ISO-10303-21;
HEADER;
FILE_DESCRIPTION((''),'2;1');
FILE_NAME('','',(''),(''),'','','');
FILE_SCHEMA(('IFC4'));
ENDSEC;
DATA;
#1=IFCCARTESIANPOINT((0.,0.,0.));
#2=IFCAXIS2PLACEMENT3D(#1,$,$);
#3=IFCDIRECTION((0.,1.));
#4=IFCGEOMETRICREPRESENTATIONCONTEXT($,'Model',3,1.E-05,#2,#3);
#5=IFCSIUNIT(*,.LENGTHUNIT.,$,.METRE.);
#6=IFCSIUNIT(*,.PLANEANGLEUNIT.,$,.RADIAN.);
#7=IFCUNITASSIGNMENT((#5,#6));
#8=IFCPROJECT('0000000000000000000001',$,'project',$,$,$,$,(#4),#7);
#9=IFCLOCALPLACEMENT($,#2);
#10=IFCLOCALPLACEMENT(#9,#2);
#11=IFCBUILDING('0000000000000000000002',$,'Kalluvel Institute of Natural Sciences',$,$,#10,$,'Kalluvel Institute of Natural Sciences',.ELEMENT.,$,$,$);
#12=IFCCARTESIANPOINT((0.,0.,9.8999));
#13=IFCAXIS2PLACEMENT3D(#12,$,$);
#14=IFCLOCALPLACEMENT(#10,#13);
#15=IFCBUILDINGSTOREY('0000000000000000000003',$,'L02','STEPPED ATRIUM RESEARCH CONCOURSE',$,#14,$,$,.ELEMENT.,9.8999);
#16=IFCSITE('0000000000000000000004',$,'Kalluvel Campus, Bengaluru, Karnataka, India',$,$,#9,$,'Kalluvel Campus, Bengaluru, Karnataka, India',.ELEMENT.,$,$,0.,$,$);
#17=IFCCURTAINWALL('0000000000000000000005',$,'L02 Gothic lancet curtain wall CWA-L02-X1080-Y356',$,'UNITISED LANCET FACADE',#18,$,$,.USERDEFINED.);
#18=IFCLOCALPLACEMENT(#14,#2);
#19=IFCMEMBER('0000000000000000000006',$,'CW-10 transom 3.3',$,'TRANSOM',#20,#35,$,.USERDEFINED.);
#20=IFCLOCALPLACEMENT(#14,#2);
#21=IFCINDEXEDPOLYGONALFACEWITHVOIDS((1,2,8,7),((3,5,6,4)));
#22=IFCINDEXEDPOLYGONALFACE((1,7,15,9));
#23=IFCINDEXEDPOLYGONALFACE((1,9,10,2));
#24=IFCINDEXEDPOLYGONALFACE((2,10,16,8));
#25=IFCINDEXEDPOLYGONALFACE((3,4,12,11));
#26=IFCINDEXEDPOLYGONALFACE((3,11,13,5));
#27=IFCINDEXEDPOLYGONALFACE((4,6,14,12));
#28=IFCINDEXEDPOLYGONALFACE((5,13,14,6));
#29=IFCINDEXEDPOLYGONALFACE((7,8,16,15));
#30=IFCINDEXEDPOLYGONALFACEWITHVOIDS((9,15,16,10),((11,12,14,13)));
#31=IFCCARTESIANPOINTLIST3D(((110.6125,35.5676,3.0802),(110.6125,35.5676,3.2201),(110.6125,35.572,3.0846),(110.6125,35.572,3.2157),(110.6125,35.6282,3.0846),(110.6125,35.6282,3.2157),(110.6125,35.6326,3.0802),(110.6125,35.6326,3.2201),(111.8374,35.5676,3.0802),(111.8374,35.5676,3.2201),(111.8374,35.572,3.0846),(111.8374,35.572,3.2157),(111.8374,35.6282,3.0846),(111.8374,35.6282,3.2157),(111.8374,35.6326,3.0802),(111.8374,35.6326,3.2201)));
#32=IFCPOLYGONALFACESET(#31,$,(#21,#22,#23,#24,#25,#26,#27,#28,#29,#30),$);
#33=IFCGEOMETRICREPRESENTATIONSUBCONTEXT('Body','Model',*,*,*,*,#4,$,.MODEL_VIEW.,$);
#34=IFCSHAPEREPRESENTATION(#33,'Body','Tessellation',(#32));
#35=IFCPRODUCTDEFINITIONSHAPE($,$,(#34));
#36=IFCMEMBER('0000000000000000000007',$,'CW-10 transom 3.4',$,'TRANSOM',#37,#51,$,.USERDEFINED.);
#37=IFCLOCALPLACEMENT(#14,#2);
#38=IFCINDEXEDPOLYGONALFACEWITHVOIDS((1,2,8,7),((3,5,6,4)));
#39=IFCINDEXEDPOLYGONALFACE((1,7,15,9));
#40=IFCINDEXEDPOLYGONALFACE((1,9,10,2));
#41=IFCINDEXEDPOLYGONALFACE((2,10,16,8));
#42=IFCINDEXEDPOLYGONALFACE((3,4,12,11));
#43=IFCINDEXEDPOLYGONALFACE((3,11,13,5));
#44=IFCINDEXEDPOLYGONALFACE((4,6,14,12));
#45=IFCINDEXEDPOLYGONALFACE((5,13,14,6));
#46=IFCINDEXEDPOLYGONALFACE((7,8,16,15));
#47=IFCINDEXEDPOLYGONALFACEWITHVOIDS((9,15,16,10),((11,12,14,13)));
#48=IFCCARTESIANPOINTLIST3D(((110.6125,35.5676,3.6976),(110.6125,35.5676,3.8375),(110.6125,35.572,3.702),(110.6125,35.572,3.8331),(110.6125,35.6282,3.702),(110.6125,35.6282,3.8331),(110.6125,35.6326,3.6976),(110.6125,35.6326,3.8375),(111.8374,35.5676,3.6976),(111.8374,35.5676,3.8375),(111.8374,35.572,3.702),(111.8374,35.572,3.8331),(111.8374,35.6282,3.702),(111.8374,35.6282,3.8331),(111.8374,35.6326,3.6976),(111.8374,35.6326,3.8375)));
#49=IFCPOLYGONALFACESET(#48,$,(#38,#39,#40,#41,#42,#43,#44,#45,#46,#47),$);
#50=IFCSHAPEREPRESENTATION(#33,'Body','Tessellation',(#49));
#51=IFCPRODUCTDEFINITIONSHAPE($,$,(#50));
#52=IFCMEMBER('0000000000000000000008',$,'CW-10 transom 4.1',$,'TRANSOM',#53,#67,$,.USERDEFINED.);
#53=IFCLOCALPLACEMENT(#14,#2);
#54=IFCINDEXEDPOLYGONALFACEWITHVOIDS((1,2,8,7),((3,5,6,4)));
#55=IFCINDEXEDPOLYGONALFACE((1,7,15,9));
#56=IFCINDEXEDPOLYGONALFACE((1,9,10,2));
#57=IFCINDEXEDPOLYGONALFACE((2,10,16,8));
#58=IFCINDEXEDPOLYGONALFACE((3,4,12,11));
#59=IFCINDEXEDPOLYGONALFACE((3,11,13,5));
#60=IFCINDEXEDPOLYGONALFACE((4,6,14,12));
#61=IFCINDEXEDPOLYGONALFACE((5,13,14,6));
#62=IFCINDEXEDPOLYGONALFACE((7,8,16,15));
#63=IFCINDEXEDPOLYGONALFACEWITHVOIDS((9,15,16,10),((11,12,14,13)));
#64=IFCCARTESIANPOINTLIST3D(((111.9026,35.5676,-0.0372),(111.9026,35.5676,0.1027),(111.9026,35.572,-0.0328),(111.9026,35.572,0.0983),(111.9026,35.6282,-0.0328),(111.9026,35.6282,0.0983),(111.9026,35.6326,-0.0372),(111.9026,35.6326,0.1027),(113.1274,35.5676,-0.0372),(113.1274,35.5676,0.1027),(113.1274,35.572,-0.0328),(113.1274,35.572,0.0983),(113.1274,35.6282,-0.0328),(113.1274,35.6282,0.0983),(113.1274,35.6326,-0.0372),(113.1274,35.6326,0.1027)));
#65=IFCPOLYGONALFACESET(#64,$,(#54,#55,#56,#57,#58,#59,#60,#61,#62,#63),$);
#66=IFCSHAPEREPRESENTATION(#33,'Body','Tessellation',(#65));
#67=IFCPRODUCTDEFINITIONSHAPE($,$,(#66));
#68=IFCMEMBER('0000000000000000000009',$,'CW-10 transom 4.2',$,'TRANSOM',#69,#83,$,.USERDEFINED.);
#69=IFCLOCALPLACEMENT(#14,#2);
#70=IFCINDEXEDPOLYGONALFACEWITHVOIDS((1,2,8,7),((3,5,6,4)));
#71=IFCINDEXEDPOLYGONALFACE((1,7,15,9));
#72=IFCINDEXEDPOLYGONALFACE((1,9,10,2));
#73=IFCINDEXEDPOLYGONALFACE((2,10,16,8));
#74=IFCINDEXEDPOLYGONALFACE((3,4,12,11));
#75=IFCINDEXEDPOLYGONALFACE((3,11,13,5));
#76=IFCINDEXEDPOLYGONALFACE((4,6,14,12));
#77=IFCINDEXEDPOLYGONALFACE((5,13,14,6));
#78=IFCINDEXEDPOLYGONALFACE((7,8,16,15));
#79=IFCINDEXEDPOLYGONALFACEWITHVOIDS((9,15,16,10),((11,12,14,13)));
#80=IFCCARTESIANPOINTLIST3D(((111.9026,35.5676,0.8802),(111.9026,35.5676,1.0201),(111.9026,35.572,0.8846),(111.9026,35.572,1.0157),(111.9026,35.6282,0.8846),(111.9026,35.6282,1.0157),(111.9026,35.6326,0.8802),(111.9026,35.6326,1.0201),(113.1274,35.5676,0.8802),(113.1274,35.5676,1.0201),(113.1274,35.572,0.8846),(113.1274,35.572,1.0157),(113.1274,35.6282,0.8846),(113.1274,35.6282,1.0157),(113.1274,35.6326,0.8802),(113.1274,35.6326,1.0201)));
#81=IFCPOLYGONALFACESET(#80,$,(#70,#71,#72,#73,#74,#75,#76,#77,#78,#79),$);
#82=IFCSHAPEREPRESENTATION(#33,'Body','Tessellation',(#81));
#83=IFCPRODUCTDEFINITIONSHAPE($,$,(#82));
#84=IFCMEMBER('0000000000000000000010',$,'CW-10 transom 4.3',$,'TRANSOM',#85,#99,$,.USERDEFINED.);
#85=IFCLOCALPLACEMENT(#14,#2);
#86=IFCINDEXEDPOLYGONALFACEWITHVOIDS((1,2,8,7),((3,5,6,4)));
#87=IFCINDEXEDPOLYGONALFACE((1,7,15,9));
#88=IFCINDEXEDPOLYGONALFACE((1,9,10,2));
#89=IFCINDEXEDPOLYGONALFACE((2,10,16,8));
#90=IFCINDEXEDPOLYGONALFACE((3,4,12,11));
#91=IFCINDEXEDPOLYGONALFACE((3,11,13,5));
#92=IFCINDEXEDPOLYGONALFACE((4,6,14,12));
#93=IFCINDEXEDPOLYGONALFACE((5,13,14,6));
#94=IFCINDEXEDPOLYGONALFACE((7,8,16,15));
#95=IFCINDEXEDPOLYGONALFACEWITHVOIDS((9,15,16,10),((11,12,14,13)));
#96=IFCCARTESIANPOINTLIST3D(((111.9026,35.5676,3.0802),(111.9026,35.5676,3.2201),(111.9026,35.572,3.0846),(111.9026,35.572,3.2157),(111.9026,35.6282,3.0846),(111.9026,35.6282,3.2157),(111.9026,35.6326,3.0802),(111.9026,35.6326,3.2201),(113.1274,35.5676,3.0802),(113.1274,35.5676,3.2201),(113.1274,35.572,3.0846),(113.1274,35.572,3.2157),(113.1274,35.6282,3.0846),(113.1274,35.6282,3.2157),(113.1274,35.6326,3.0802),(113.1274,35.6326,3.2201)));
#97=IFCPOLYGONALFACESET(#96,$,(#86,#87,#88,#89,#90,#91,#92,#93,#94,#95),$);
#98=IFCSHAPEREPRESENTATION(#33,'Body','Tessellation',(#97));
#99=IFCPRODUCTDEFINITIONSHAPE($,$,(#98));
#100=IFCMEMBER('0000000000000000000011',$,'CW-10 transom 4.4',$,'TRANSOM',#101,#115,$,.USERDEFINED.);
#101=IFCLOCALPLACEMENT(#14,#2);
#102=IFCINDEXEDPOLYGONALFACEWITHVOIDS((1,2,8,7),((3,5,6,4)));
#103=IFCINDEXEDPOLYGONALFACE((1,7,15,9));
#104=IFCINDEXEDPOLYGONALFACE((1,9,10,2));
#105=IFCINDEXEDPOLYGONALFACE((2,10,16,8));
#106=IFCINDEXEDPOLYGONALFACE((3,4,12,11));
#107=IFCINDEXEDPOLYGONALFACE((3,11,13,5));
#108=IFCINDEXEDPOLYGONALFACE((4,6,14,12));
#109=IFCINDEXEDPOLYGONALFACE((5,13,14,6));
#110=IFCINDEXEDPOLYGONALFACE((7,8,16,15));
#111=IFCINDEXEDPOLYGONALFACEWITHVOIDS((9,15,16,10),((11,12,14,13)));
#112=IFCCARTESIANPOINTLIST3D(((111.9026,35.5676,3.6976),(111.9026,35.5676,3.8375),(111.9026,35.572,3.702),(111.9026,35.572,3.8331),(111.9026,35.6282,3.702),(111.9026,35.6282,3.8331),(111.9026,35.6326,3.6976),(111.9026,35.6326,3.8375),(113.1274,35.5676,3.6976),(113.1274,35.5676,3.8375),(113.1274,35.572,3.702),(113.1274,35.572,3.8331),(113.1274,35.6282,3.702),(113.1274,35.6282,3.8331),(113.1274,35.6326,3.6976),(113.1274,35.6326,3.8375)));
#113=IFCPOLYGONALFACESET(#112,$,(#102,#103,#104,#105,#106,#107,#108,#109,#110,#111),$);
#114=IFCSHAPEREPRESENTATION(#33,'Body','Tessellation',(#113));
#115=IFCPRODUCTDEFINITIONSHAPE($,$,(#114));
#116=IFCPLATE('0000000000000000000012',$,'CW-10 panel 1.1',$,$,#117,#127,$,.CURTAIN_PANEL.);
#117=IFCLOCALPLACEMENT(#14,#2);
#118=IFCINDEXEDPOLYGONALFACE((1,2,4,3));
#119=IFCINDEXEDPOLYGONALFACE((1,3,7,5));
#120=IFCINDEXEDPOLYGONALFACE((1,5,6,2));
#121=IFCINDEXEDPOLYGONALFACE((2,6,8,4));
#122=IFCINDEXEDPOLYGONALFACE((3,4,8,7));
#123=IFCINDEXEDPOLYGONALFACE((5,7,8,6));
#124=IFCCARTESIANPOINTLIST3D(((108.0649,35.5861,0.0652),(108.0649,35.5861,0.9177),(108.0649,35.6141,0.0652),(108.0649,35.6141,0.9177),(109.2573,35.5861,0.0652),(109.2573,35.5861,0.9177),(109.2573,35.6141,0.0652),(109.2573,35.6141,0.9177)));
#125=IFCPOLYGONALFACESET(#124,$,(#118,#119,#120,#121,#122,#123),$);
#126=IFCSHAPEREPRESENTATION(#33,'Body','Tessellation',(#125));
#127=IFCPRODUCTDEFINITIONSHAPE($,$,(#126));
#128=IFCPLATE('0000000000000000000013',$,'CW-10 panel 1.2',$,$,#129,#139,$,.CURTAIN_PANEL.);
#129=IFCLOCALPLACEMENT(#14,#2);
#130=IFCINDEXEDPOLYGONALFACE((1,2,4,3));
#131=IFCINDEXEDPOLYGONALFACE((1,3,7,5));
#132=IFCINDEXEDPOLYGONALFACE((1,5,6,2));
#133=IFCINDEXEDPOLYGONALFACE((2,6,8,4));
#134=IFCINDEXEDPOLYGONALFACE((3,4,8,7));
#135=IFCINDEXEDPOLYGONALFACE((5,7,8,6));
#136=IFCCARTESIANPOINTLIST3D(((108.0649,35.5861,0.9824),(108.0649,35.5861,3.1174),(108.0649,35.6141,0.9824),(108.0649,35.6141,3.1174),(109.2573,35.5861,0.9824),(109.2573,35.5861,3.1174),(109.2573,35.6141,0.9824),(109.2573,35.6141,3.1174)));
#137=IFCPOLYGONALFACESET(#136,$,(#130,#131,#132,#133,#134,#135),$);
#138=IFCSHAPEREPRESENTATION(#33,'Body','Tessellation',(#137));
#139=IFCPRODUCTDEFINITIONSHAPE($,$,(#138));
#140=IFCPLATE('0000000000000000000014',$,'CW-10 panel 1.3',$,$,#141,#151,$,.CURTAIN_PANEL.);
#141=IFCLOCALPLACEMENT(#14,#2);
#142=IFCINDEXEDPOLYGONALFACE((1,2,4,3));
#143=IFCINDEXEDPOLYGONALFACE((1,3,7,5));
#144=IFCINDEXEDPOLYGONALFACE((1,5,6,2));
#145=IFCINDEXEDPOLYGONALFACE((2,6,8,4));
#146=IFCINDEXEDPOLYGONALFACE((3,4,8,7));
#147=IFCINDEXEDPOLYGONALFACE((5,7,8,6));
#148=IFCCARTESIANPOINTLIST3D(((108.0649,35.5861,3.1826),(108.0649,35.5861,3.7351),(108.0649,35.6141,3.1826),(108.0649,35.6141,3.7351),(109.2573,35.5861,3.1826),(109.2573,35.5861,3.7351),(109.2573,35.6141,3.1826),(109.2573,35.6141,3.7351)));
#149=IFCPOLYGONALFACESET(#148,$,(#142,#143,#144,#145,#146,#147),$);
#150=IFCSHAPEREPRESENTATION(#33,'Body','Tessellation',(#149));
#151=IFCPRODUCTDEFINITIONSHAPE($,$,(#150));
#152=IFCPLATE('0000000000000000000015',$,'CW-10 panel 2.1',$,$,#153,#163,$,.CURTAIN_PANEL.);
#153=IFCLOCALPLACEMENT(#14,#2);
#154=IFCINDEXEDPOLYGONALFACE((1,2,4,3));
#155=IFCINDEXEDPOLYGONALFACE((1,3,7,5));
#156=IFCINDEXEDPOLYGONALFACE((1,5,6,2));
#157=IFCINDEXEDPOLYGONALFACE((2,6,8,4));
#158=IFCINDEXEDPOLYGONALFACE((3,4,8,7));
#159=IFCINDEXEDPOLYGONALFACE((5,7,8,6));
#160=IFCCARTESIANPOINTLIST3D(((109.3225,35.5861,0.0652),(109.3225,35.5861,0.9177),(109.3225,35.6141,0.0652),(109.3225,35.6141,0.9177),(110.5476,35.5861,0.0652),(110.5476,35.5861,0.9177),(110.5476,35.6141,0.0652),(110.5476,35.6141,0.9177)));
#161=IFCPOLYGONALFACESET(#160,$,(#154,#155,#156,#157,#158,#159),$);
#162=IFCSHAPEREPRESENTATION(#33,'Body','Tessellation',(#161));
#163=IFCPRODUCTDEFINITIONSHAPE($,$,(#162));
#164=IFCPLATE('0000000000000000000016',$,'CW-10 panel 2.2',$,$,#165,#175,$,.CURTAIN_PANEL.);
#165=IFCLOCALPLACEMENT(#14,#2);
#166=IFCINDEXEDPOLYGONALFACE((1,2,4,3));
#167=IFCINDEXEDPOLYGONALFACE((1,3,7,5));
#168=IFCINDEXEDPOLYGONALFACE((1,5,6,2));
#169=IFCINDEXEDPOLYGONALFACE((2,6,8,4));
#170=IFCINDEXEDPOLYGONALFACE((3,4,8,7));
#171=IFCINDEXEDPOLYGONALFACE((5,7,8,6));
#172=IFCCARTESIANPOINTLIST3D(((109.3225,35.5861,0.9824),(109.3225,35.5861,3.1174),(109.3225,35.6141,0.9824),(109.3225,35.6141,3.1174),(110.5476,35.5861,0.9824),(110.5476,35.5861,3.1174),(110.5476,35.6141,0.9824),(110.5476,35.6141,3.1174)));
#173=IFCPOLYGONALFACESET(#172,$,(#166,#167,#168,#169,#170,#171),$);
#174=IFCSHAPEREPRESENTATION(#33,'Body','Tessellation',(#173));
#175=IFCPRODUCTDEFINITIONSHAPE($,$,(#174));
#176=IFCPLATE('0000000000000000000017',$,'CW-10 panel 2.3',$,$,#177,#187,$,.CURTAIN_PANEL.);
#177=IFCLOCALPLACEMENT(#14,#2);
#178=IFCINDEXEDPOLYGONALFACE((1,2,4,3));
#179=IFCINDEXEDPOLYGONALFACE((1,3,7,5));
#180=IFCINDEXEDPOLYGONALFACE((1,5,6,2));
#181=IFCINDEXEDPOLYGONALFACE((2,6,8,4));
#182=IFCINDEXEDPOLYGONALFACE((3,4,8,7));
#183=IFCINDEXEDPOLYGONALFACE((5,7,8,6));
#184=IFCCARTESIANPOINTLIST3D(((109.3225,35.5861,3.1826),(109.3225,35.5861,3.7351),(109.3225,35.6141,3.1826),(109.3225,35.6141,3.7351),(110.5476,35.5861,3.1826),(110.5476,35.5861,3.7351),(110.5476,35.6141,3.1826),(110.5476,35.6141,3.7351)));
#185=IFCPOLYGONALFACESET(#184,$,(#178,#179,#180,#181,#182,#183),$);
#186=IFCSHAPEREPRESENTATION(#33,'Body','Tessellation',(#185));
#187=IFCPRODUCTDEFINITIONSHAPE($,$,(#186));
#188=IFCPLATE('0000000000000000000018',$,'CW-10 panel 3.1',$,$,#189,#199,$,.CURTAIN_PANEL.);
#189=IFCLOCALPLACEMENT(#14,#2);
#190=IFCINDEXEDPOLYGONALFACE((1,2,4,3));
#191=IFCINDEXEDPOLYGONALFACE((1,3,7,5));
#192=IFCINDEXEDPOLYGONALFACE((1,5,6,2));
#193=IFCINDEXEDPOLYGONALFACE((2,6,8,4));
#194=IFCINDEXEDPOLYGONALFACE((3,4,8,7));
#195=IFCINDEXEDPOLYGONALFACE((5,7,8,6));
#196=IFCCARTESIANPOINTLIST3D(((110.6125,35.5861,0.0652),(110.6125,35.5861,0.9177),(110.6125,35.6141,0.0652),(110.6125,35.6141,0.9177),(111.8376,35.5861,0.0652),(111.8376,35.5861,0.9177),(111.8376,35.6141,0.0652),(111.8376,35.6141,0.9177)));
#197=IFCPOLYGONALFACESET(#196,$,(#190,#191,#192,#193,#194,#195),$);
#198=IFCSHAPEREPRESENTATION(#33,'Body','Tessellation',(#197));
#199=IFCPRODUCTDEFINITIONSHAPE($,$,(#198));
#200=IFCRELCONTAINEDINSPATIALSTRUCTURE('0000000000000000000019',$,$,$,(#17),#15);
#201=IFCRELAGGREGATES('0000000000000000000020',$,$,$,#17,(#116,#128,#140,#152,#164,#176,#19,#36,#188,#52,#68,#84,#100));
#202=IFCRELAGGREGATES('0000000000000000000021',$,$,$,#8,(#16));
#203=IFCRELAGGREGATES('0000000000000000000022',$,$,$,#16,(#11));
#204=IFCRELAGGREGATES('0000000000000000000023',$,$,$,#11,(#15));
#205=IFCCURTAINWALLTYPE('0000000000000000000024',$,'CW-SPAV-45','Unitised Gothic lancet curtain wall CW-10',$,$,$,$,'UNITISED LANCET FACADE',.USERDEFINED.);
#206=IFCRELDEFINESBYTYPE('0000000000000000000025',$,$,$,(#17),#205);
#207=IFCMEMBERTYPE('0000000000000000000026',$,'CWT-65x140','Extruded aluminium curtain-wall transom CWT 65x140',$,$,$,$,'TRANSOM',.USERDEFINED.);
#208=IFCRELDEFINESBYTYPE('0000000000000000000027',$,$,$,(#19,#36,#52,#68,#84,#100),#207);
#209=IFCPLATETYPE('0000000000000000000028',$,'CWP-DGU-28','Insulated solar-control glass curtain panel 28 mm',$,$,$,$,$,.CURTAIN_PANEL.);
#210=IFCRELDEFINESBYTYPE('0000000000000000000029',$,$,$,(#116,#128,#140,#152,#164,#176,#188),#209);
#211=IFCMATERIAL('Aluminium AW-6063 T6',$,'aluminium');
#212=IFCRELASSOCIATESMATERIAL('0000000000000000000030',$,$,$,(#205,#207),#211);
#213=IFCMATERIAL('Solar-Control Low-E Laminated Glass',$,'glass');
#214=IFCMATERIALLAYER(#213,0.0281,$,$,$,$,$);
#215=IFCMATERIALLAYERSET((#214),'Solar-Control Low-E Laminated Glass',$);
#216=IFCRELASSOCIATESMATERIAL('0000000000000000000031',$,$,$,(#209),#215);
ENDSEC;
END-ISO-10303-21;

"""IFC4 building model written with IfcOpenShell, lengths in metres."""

from ifc_helpers import new_model, si_unit, direction, frame, origin, origin_2d, place, context, subcontext, project, spatial, rectangle, hollow_rectangle, extrude, material, layer, layer_set, material_profile, profile_set, type_object, element, aggregate, save


model = new_model("IFC4")

# Units and contexts
model_context = context("Model", 3, precision=1e-05, world=origin(), true_north=direction((0.0, 1.0)))
body_context = subcontext(model_context, "Body", "Model", "MODEL_VIEW")
ifc_project = project(units=[si_unit("LENGTHUNIT", "METRE"), si_unit("PLANEANGLEUNIT", "RADIAN")], contexts=[model_context])

# Site, building, storey
site_placement = place(None, origin())
site = spatial("IfcSite", under=ifc_project, at=site_placement, Name="Kalluvel Campus, Bengaluru, Karnataka, India", LongName="Kalluvel Campus, Bengaluru, Karnataka, India", CompositionType="ELEMENT", RefElevation=0.0)
building_placement = place(site_placement, origin())
building = spatial("IfcBuilding", under=site, at=building_placement, Name="Kalluvel Institute of Natural Sciences", LongName="Kalluvel Institute of Natural Sciences", CompositionType="ELEMENT")
storey_placement = place(building_placement, frame((0.0, 0.0, 9.8999)))
storey = spatial("IfcBuildingStorey", under=building, at=storey_placement, Name="L02", Description="STEPPED ATRIUM RESEARCH CONCOURSE", CompositionType="ELEMENT", Elevation=9.8999)

# Curtain wall, members, plates
ifc_material_1 = material(Name="Aluminium AW-6063 T6", Category="aluminium")
curtain_wall_type = type_object("IfcCurtainWallType", Name="CW-SPAV-45", Description="Unitised Gothic lancet curtain wall CW-10", ElementType="UNITISED LANCET FACADE", PredefinedType="USERDEFINED", material=ifc_material_1)
curtain_wall_placement = place(storey_placement, origin())
curtain_wall = element("IfcCurtainWall", 1, at=curtain_wall_placement, inside=storey, type_object=curtain_wall_type, Name="L02 Gothic lancet curtain wall CWA-L02-X1080-Y356", ObjectType="UNITISED LANCET FACADE", PredefinedType="USERDEFINED")
ifc_material_profile_1 = material_profile(ifc_material_1, hollow_rectangle(XDim=0.0649, YDim=0.1399, WallThickness=0.0044, at=origin_2d()), Name="CWT 65x140")
ifc_profile_set_1 = profile_set([ifc_material_profile_1], Name="Aluminium AW-6063 T6")
member_type_1 = type_object("IfcMemberType", Name="CWT-65x140", Description="Extruded aluminium curtain-wall transom CWT 65x140", ElementType="TRANSOM", PredefinedType="USERDEFINED", material=ifc_profile_set_1)
member_1_placement = place(storey_placement, frame((110.6125, 35.6001, 3.1501), z_axis=(1.0, 0.0, 0.0), x_axis=(0.0, 1.0, 0.0)))
member_1 = element("IfcMember", 2, at=member_1_placement, type_object=member_type_1, Name="CW-10 transom 3.3", ObjectType="TRANSOM", PredefinedType="USERDEFINED", context=body_context, shape_type="SweptSolid", body=[
    extrude(hollow_rectangle(XDim=0.0649, YDim=0.1399, WallThickness=0.0044, at=origin_2d()), origin(), (0.0, 0.0, 1.0), 1.2249),
])
member_2_placement = place(storey_placement, frame((110.6125, 35.6001, 3.7676), z_axis=(1.0, 0.0, 0.0), x_axis=(0.0, 1.0, 0.0)))
member_2 = element("IfcMember", 3, at=member_2_placement, type_object=member_type_1, Name="CW-10 transom 3.4", ObjectType="TRANSOM", PredefinedType="USERDEFINED", context=body_context, shape_type="SweptSolid", body=[
    extrude(hollow_rectangle(XDim=0.0649, YDim=0.1399, WallThickness=0.0044, at=origin_2d()), origin(), (0.0, 0.0, 1.0), 1.2249),
])
member_3_placement = place(storey_placement, frame((111.9026, 35.6001, 0.0327), z_axis=(1.0, 0.0, 0.0), x_axis=(0.0, 1.0, 0.0)))
member_3 = element("IfcMember", 4, at=member_3_placement, type_object=member_type_1, Name="CW-10 transom 4.1", ObjectType="TRANSOM", PredefinedType="USERDEFINED", context=body_context, shape_type="SweptSolid", body=[
    extrude(hollow_rectangle(XDim=0.0649, YDim=0.1399, WallThickness=0.0044, at=origin_2d()), origin(), (0.0, 0.0, 1.0), 1.2249),
])
member_4_placement = place(storey_placement, frame((111.9026, 35.6001, 0.9502), z_axis=(1.0, 0.0, 0.0), x_axis=(0.0, 1.0, 0.0)))
member_4 = element("IfcMember", 5, at=member_4_placement, type_object=member_type_1, Name="CW-10 transom 4.2", ObjectType="TRANSOM", PredefinedType="USERDEFINED", context=body_context, shape_type="SweptSolid", body=[
    extrude(hollow_rectangle(XDim=0.0649, YDim=0.1399, WallThickness=0.0044, at=origin_2d()), origin(), (0.0, 0.0, 1.0), 1.2249),
])
member_5_placement = place(storey_placement, frame((111.9026, 35.6001, 3.1501), z_axis=(1.0, 0.0, 0.0), x_axis=(0.0, 1.0, 0.0)))
member_5 = element("IfcMember", 6, at=member_5_placement, type_object=member_type_1, Name="CW-10 transom 4.3", ObjectType="TRANSOM", PredefinedType="USERDEFINED", context=body_context, shape_type="SweptSolid", body=[
    extrude(hollow_rectangle(XDim=0.0649, YDim=0.1399, WallThickness=0.0044, at=origin_2d()), origin(), (0.0, 0.0, 1.0), 1.2249),
])
member_6_placement = place(storey_placement, frame((111.9026, 35.6001, 3.7676), z_axis=(1.0, 0.0, 0.0), x_axis=(0.0, 1.0, 0.0)))
member_6 = element("IfcMember", 7, at=member_6_placement, type_object=member_type_1, Name="CW-10 transom 4.4", ObjectType="TRANSOM", PredefinedType="USERDEFINED", context=body_context, shape_type="SweptSolid", body=[
    extrude(hollow_rectangle(XDim=0.0649, YDim=0.1399, WallThickness=0.0044, at=origin_2d()), origin(), (0.0, 0.0, 1.0), 1.2249),
])
ifc_material_2 = material(Name="Solar-Control Low-E Laminated Glass", Category="glass")
ifc_layer = layer(ifc_material_2, 0.0281)
ifc_layer_set = layer_set([ifc_layer], Name="Solar-Control Low-E Laminated Glass")
plate_type = type_object("IfcPlateType", Name="CWP-DGU-28", Description="Insulated solar-control glass curtain panel 28 mm", PredefinedType="CURTAIN_PANEL", material=ifc_layer_set)
plate_1_placement = place(storey_placement, frame((108.6611, 35.6001, 0.0652), z_axis=(0.0, 0.0, 1.0), x_axis=(1.0, 0.0, 0.0)))
plate_1 = element("IfcPlate", 8, at=plate_1_placement, type_object=plate_type, Name="CW-10 panel 1.1", PredefinedType="CURTAIN_PANEL", context=body_context, shape_type="SweptSolid", body=[
    extrude(rectangle(XDim=1.1924, YDim=0.0281, at=origin_2d()), origin(), (0.0, 0.0, 1.0), 0.8525),
])
plate_2_placement = place(storey_placement, frame((108.6611, 35.6001, 0.9824), z_axis=(0.0, 0.0, 1.0), x_axis=(1.0, 0.0, 0.0)))
plate_2 = element("IfcPlate", 9, at=plate_2_placement, type_object=plate_type, Name="CW-10 panel 1.2", PredefinedType="CURTAIN_PANEL", context=body_context, shape_type="SweptSolid", body=[
    extrude(rectangle(XDim=1.1924, YDim=0.0281, at=origin_2d()), origin(), (0.0, 0.0, 1.0), 2.135),
])
plate_3_placement = place(storey_placement, frame((108.6611, 35.6001, 3.1826), z_axis=(0.0, 0.0, 1.0), x_axis=(1.0, 0.0, 0.0)))
plate_3 = element("IfcPlate", 10, at=plate_3_placement, type_object=plate_type, Name="CW-10 panel 1.3", PredefinedType="CURTAIN_PANEL", context=body_context, shape_type="SweptSolid", body=[
    extrude(rectangle(XDim=1.1924, YDim=0.0281, at=origin_2d()), origin(), (0.0, 0.0, 1.0), 0.5525),
])
plate_4_placement = place(storey_placement, frame((109.9351, 35.6001, 0.0652), z_axis=(0.0, 0.0, 1.0), x_axis=(1.0, 0.0, 0.0)))
plate_4 = element("IfcPlate", 11, at=plate_4_placement, type_object=plate_type, Name="CW-10 panel 2.1", PredefinedType="CURTAIN_PANEL", context=body_context, shape_type="SweptSolid", body=[
    extrude(rectangle(XDim=1.2251, YDim=0.0281, at=origin_2d()), origin(), (0.0, 0.0, 1.0), 0.8525),
])
plate_5_placement = place(storey_placement, frame((109.9351, 35.6001, 0.9824), z_axis=(0.0, 0.0, 1.0), x_axis=(1.0, 0.0, 0.0)))
plate_5 = element("IfcPlate", 12, at=plate_5_placement, type_object=plate_type, Name="CW-10 panel 2.2", PredefinedType="CURTAIN_PANEL", context=body_context, shape_type="SweptSolid", body=[
    extrude(rectangle(XDim=1.2251, YDim=0.0281, at=origin_2d()), origin(), (0.0, 0.0, 1.0), 2.135),
])
plate_6_placement = place(storey_placement, frame((109.9351, 35.6001, 3.1826), z_axis=(0.0, 0.0, 1.0), x_axis=(1.0, 0.0, 0.0)))
plate_6 = element("IfcPlate", 13, at=plate_6_placement, type_object=plate_type, Name="CW-10 panel 2.3", PredefinedType="CURTAIN_PANEL", context=body_context, shape_type="SweptSolid", body=[
    extrude(rectangle(XDim=1.2251, YDim=0.0281, at=origin_2d()), origin(), (0.0, 0.0, 1.0), 0.5525),
])
plate_7_placement = place(storey_placement, frame((111.2251, 35.6001, 0.0652), z_axis=(0.0, 0.0, 1.0), x_axis=(1.0, 0.0, 0.0)))
plate_7 = element("IfcPlate", 14, at=plate_7_placement, type_object=plate_type, Name="CW-10 panel 3.1", PredefinedType="CURTAIN_PANEL", context=body_context, shape_type="SweptSolid", body=[
    extrude(rectangle(XDim=1.2251, YDim=0.0281, at=origin_2d()), origin(), (0.0, 0.0, 1.0), 0.8525),
])
aggregate(curtain_wall, [plate_1, plate_2, plate_3, plate_4, plate_5, plate_6, member_1, member_2, plate_7, member_3, member_4, member_5, member_6])

save(model, "model.ifc")
